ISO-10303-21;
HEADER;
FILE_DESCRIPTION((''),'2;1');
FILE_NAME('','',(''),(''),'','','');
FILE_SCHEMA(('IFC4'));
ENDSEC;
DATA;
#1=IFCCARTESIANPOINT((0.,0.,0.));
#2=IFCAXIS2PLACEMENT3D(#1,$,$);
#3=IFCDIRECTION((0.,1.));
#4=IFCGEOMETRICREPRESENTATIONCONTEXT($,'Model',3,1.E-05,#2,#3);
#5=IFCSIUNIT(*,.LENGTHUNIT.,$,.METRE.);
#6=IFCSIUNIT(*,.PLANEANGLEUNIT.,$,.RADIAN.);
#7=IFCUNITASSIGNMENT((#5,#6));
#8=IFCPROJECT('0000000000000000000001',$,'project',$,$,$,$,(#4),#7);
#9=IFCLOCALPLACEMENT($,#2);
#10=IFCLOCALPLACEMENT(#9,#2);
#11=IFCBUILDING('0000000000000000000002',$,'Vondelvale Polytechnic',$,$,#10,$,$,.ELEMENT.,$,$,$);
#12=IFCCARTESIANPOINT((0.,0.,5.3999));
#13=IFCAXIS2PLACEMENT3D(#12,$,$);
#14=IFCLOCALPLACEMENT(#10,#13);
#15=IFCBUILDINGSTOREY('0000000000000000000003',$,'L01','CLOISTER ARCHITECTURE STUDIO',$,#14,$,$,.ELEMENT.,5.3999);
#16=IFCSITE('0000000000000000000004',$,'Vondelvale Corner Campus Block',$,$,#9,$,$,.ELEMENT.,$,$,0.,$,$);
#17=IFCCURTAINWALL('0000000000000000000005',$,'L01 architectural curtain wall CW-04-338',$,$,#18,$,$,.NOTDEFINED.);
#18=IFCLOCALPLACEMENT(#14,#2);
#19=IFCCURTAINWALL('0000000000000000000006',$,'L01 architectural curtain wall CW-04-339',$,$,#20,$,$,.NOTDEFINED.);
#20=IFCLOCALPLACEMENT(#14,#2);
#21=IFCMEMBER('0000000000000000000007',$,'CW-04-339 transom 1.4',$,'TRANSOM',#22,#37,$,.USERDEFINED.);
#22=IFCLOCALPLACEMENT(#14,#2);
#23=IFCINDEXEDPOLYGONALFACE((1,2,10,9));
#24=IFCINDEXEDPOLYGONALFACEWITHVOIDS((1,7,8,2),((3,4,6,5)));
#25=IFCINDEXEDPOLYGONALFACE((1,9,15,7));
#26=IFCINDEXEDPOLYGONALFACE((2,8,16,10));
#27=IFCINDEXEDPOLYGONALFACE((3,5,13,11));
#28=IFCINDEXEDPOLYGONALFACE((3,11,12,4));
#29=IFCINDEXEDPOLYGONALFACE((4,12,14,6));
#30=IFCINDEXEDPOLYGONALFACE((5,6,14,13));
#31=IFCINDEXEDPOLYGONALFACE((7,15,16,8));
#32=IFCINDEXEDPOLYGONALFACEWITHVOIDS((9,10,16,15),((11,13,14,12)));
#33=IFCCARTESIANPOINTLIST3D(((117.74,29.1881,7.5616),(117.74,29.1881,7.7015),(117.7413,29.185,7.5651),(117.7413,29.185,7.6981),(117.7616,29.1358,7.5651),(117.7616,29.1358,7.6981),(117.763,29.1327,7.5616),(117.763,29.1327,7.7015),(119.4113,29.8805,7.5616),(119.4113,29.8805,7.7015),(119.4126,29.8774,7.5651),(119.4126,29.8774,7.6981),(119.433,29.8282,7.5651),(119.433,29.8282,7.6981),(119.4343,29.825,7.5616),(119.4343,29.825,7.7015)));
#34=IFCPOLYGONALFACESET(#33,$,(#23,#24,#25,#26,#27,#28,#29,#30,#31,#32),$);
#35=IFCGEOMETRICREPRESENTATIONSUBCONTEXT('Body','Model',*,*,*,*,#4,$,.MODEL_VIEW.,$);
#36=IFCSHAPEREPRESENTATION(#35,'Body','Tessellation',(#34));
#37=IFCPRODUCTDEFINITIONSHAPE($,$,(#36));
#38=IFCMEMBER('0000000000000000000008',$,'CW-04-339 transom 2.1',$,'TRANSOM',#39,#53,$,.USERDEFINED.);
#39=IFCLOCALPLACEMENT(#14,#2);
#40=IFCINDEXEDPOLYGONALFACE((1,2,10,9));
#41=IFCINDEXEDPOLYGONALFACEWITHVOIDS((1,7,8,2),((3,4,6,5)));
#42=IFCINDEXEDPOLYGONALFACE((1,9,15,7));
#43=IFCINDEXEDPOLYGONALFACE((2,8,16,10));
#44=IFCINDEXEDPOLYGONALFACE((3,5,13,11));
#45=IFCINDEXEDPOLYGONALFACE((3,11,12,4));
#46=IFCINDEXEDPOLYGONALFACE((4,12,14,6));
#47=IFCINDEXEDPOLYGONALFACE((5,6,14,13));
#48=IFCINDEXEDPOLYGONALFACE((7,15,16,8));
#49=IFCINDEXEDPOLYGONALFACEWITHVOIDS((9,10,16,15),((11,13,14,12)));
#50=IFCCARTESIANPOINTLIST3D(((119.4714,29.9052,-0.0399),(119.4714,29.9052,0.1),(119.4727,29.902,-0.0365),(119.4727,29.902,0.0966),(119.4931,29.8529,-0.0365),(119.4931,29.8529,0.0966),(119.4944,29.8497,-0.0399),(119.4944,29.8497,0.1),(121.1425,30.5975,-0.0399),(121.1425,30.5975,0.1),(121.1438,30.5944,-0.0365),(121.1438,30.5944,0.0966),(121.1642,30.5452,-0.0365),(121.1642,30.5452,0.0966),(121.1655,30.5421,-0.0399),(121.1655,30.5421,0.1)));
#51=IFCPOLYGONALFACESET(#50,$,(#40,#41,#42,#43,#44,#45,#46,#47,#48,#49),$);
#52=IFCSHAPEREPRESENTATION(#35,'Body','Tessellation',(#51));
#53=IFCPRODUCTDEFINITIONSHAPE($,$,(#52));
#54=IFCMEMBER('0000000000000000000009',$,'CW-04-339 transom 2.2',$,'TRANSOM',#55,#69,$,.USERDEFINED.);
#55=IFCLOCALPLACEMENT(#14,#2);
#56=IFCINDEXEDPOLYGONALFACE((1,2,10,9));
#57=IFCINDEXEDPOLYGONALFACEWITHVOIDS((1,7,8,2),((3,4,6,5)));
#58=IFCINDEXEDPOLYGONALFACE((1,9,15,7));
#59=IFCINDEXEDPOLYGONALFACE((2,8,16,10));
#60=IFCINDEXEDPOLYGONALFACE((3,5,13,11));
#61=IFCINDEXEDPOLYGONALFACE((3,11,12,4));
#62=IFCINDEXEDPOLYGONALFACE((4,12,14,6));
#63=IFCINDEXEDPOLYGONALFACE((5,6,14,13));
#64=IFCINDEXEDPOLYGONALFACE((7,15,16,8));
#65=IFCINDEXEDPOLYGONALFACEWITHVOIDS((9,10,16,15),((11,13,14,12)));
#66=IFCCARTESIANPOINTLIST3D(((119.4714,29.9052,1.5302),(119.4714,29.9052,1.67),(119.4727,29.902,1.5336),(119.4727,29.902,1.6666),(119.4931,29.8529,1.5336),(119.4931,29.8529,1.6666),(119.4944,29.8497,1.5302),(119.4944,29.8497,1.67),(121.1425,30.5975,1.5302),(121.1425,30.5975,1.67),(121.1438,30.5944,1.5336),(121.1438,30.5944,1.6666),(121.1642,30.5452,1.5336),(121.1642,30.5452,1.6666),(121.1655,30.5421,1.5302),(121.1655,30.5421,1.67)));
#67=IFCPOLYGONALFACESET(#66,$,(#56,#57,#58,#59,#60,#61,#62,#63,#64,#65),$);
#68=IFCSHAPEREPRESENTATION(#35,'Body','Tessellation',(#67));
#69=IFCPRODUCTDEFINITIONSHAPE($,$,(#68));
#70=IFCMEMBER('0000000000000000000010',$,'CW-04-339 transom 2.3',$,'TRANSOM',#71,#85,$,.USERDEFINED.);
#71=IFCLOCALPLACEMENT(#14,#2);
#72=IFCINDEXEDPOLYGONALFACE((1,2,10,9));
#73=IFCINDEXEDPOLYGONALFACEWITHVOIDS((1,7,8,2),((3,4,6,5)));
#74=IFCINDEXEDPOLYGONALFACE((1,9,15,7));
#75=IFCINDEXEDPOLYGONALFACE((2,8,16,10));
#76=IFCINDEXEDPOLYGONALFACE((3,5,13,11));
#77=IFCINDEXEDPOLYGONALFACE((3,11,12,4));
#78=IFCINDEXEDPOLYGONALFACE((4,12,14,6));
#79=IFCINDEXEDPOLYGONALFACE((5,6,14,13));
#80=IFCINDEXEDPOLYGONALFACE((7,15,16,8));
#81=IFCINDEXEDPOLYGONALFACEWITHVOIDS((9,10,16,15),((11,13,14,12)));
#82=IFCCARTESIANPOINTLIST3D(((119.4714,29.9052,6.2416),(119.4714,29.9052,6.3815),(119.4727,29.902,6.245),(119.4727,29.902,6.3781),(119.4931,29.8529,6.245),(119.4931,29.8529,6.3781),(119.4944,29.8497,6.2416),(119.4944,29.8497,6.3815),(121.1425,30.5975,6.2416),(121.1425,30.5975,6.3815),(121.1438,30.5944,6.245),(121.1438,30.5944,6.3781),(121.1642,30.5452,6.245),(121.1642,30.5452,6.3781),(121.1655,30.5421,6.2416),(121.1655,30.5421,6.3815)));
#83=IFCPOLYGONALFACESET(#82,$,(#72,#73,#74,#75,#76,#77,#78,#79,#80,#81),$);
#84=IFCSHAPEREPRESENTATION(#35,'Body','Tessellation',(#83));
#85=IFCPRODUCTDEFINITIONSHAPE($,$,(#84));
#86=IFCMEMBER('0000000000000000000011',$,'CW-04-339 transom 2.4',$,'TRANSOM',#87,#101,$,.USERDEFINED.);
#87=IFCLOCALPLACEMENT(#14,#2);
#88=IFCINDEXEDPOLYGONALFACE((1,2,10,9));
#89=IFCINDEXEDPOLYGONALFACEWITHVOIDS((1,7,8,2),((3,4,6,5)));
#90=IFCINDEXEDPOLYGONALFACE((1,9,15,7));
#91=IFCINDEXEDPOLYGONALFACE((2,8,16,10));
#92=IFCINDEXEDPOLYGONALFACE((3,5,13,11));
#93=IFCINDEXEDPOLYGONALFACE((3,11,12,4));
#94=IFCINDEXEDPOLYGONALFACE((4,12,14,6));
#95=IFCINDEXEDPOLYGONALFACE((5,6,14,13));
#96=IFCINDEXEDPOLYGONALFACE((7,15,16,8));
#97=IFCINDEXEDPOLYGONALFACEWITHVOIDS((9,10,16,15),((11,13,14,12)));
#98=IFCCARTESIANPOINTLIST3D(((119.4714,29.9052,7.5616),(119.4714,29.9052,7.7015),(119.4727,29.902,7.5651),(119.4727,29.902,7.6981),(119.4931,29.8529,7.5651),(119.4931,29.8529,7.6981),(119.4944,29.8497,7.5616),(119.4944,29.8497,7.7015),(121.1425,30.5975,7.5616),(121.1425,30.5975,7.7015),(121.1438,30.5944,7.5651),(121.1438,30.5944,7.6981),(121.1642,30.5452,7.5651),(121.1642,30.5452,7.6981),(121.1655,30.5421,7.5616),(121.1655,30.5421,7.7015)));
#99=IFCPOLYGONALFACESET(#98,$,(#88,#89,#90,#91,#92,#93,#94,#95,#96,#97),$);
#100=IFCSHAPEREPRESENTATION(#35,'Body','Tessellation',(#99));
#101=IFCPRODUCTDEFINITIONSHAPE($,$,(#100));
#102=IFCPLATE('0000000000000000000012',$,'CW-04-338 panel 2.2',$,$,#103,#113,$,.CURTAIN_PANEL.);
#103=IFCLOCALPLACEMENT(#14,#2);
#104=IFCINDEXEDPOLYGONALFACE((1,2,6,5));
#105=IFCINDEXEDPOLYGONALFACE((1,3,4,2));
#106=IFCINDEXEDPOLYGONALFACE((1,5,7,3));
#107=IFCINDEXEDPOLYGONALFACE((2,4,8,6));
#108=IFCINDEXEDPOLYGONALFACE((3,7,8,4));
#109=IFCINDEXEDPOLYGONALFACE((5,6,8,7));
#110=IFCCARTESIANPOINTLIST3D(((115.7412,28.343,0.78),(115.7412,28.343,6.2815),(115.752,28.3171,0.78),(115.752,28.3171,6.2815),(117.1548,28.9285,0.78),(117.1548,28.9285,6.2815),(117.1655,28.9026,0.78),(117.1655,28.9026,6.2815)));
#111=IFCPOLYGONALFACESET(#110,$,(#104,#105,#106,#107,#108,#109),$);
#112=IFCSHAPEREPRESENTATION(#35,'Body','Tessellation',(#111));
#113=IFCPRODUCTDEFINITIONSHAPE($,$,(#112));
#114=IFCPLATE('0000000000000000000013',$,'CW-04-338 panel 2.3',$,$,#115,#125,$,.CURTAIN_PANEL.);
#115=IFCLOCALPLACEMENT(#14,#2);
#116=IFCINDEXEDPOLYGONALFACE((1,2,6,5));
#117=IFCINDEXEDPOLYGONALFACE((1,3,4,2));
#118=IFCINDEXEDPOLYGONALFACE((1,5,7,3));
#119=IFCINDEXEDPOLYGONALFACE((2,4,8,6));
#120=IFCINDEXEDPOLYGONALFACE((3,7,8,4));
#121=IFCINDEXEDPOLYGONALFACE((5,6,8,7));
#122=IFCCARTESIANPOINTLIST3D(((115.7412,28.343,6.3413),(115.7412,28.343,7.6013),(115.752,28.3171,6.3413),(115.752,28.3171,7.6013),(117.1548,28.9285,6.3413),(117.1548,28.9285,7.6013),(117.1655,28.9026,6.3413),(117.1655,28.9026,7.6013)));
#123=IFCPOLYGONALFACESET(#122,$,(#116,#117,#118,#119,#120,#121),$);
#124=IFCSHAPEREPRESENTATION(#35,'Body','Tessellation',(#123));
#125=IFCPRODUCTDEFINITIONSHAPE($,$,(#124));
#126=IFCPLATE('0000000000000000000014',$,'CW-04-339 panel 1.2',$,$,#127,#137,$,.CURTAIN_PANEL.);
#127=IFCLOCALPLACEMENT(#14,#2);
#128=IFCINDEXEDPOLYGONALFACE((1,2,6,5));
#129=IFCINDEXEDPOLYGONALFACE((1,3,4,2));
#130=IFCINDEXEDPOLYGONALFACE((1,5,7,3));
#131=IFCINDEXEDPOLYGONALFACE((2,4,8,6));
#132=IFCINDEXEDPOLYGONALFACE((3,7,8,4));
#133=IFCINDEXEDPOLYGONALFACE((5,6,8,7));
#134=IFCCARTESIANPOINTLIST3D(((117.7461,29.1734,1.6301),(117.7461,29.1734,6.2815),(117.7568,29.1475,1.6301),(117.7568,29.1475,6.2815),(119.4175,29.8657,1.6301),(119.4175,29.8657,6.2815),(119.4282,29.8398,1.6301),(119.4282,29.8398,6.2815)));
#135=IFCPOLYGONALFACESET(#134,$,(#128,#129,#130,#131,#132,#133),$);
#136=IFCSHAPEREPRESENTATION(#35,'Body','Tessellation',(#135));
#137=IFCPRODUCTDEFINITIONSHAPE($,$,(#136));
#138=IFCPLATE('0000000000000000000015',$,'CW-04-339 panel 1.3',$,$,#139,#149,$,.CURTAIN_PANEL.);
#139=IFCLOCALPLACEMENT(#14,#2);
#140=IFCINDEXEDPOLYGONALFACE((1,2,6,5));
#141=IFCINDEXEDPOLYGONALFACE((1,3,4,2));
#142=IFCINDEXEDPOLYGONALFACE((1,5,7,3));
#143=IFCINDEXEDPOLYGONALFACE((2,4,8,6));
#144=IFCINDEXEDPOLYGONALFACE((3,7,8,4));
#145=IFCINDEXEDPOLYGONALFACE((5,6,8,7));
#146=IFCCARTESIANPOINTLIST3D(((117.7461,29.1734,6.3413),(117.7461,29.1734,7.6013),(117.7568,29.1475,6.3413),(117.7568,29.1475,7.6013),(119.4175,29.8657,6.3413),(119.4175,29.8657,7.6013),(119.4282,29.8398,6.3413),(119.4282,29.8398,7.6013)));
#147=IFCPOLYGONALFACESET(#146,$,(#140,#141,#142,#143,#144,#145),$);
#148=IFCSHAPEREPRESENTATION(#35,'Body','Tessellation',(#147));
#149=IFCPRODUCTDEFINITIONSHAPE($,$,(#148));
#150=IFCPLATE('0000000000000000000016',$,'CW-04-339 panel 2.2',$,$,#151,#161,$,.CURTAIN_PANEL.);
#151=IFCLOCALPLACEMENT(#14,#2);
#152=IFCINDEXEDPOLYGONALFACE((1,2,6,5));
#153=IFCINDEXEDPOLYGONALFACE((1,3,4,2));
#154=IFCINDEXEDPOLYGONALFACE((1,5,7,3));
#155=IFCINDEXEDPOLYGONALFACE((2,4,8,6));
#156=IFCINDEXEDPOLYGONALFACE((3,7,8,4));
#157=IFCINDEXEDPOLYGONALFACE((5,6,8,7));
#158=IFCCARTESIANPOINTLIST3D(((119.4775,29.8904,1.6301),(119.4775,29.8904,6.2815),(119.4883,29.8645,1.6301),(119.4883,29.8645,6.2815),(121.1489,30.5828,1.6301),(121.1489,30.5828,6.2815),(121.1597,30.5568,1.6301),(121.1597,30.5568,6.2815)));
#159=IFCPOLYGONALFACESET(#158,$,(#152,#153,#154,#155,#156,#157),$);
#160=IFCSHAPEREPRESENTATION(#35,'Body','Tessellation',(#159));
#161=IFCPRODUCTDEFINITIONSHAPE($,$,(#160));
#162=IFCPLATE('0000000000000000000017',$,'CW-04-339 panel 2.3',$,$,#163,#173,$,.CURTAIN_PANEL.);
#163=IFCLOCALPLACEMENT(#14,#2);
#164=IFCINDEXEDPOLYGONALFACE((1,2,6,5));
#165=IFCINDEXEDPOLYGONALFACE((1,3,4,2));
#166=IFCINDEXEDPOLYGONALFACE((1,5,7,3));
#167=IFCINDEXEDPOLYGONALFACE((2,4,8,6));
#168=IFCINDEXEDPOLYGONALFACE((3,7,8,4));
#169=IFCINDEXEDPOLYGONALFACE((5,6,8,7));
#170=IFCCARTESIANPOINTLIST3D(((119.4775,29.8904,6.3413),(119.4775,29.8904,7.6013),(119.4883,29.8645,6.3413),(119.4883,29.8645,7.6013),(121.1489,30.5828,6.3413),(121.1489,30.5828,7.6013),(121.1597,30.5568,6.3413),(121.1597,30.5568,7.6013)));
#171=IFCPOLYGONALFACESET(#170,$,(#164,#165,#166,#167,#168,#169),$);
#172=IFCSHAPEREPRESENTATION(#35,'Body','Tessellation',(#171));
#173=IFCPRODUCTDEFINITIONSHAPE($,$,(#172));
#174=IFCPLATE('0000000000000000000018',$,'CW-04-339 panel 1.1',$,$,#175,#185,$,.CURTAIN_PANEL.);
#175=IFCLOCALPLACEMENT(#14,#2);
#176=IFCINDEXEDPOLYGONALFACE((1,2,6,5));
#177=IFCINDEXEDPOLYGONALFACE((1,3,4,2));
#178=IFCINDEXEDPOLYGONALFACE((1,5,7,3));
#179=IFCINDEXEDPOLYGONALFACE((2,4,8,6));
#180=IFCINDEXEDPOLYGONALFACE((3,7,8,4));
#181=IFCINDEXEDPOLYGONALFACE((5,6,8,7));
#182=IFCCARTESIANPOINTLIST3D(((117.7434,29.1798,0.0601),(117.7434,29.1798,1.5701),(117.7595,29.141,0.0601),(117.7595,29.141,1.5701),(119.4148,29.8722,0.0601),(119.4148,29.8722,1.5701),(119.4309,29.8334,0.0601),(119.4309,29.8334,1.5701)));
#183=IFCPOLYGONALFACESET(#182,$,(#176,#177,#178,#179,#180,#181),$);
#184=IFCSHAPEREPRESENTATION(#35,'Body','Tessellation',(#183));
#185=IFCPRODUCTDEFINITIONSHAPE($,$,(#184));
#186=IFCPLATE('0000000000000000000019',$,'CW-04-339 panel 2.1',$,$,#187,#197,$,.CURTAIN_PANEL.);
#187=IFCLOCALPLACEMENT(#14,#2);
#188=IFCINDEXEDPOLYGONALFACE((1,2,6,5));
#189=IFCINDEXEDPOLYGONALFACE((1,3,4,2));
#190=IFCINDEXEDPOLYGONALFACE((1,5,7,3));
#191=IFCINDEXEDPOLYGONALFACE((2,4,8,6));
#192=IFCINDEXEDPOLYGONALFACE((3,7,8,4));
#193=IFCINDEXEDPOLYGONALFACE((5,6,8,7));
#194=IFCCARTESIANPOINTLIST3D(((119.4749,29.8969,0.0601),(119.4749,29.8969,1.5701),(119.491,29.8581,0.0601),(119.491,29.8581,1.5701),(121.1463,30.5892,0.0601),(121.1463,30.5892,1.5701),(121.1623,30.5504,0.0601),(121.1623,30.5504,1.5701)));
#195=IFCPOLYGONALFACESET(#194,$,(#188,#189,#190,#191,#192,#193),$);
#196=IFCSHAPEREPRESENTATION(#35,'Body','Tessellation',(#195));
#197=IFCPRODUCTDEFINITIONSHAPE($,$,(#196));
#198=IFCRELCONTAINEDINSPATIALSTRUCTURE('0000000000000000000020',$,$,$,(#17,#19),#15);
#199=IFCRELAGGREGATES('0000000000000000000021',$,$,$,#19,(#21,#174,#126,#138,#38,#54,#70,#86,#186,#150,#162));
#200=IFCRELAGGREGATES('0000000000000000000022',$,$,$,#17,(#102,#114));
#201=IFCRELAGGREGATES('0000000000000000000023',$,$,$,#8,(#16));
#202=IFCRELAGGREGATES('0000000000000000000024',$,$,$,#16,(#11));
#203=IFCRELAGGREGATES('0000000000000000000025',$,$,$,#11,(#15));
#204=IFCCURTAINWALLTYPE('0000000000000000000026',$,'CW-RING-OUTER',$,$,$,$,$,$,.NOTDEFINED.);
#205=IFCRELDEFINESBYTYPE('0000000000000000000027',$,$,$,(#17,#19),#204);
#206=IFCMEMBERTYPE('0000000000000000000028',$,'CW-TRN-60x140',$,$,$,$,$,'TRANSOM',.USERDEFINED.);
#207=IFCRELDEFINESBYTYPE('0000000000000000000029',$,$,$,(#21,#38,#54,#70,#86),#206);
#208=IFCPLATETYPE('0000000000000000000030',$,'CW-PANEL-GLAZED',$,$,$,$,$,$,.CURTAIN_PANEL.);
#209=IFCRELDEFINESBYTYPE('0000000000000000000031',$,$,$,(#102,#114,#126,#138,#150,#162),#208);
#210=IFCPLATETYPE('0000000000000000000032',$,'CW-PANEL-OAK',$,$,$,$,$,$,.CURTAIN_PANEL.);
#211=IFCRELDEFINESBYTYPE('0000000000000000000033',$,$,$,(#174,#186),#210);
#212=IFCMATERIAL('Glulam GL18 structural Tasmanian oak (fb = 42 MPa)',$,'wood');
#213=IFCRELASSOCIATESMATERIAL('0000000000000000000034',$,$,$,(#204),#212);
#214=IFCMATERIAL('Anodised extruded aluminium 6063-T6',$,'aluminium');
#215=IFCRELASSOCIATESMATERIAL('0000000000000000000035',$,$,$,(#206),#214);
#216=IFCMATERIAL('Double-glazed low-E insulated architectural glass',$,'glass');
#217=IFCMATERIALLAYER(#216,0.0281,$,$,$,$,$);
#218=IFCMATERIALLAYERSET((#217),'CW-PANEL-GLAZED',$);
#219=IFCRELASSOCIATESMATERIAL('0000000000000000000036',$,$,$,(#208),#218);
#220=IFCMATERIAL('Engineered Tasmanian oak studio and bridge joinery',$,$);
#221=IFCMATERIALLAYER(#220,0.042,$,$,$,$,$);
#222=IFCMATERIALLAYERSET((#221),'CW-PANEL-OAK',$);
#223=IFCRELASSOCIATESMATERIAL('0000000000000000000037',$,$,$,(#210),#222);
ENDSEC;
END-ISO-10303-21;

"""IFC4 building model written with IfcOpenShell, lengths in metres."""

from ifc_helpers import new_model, si_unit, direction, frame, origin, origin_2d, place, context, subcontext, project, spatial, rectangle, hollow_rectangle, extrude, material, layer, layer_set, material_profile, profile_set, type_object, element, aggregate, save


model = new_model("IFC4")

# Units and contexts
model_context = context("Model", 3, precision=1e-05, world=origin(), true_north=direction((0.0, 1.0)))
body_context = subcontext(model_context, "Body", "Model", "MODEL_VIEW")
ifc_project = project(units=[si_unit("LENGTHUNIT", "METRE"), si_unit("PLANEANGLEUNIT", "RADIAN")], contexts=[model_context])

# Site, building, storey
site_placement = place(None, origin())
site = spatial("IfcSite", under=ifc_project, at=site_placement, Name="Vondelvale Corner Campus Block", CompositionType="ELEMENT", RefElevation=0.0)
building_placement = place(site_placement, origin())
building = spatial("IfcBuilding", under=site, at=building_placement, Name="Vondelvale Polytechnic", CompositionType="ELEMENT")
storey_placement = place(building_placement, frame((0.0, 0.0, 5.3999)))
storey = spatial("IfcBuildingStorey", under=building, at=storey_placement, Name="L01", Description="CLOISTER ARCHITECTURE STUDIO", CompositionType="ELEMENT", Elevation=5.3999)

# Shared definitions
ifc_material_1 = material(Name="Glulam GL18 structural Tasmanian oak (fb = 42 MPa)", Category="wood")

# Curtain wall
curtain_wall_type = type_object("IfcCurtainWallType", Name="CW-RING-OUTER", PredefinedType="NOTDEFINED", material=ifc_material_1)
curtain_wall_1_placement = place(storey_placement, origin())
curtain_wall_1 = element("IfcCurtainWall", 1, at=curtain_wall_1_placement, inside=storey, type_object=curtain_wall_type, Name="L01 architectural curtain wall CW-04-338", PredefinedType="NOTDEFINED")
ifc_material_2 = material(Name="Anodised extruded aluminium 6063-T6", Category="aluminium")

# Curtain wall
curtain_wall_2_placement = place(storey_placement, origin())
curtain_wall_2 = element("IfcCurtainWall", 2, at=curtain_wall_2_placement, inside=storey, type_object=curtain_wall_type, Name="L01 architectural curtain wall CW-04-339", PredefinedType="NOTDEFINED")

# Members
ifc_material_profile_1 = material_profile(ifc_material_2, hollow_rectangle(XDim=0.0601, YDim=0.1399, WallThickness=0.0034, at=origin_2d()), Name="CW-TRN-140x60")
ifc_profile_set_1 = profile_set([ifc_material_profile_1], Name="Anodised extruded aluminium 6063-T6")
member_type_1 = type_object("IfcMemberType", Name="CW-TRN-60x140", ElementType="TRANSOM", PredefinedType="USERDEFINED", material=ifc_profile_set_1)
member_1_placement = place(storey_placement, frame((117.7515, 29.1604, 7.6316), z_axis=(0.923866, 0.382717, 0.0), x_axis=(-0.382717, 0.923866, 0.0)))
member_1 = element("IfcMember", 3, at=member_1_placement, type_object=member_type_1, Name="CW-04-339 transom 1.4", ObjectType="TRANSOM", PredefinedType="USERDEFINED", context=body_context, shape_type="SweptSolid", body=[
    extrude(hollow_rectangle(XDim=0.0601, YDim=0.1399, WallThickness=0.0034, at=origin_2d()), origin(), (0.0, 0.0, 1.0), 1.8091),
])
member_2_placement = place(storey_placement, frame((119.4829, 29.8774, 0.03), z_axis=(0.923846, 0.382765, 0.0), x_axis=(-0.382765, 0.923846, 0.0)))
member_2 = element("IfcMember", 4, at=member_2_placement, type_object=member_type_1, Name="CW-04-339 transom 2.1", ObjectType="TRANSOM", PredefinedType="USERDEFINED", context=body_context, shape_type="SweptSolid", body=[
    extrude(hollow_rectangle(XDim=0.0601, YDim=0.1399, WallThickness=0.0034, at=origin_2d()), origin(), (0.0, 0.0, 1.0), 1.8088),
])
member_3_placement = place(storey_placement, frame((119.4829, 29.8774, 1.6001), z_axis=(0.923846, 0.382765, 0.0), x_axis=(-0.382765, 0.923846, 0.0)))
member_3 = element("IfcMember", 5, at=member_3_placement, type_object=member_type_1, Name="CW-04-339 transom 2.2", ObjectType="TRANSOM", PredefinedType="USERDEFINED", context=body_context, shape_type="SweptSolid", body=[
    extrude(hollow_rectangle(XDim=0.0601, YDim=0.1399, WallThickness=0.0034, at=origin_2d()), origin(), (0.0, 0.0, 1.0), 1.8088),
])
member_4_placement = place(storey_placement, frame((119.4829, 29.8774, 6.3115), z_axis=(0.923846, 0.382765, 0.0), x_axis=(-0.382765, 0.923846, 0.0)))
member_4 = element("IfcMember", 6, at=member_4_placement, type_object=member_type_1, Name="CW-04-339 transom 2.3", ObjectType="TRANSOM", PredefinedType="USERDEFINED", context=body_context, shape_type="SweptSolid", body=[
    extrude(hollow_rectangle(XDim=0.0601, YDim=0.1399, WallThickness=0.0034, at=origin_2d()), origin(), (0.0, 0.0, 1.0), 1.8088),
])
member_5_placement = place(storey_placement, frame((119.4829, 29.8774, 7.6316), z_axis=(0.923846, 0.382765, 0.0), x_axis=(-0.382765, 0.923846, 0.0)))
member_5 = element("IfcMember", 7, at=member_5_placement, type_object=member_type_1, Name="CW-04-339 transom 2.4", ObjectType="TRANSOM", PredefinedType="USERDEFINED", context=body_context, shape_type="SweptSolid", body=[
    extrude(hollow_rectangle(XDim=0.0601, YDim=0.1399, WallThickness=0.0034, at=origin_2d()), origin(), (0.0, 0.0, 1.0), 1.8088),
])

# Plates
ifc_material_3 = material(Name="Double-glazed low-E insulated architectural glass", Category="glass")
ifc_layer_1 = layer(ifc_material_3, 0.0281)
ifc_layer_set_1 = layer_set([ifc_layer_1], Name="CW-PANEL-GLAZED")
plate_type_1 = type_object("IfcPlateType", Name="CW-PANEL-GLAZED", PredefinedType="CURTAIN_PANEL", material=ifc_layer_set_1)
plate_1_placement = place(storey_placement, frame((116.4534, 28.6228, 0.78), z_axis=(0.0, 0.0, 1.0), x_axis=(0.923882, 0.382677, 0.0)))
plate_1 = element("IfcPlate", 8, at=plate_1_placement, type_object=plate_type_1, Name="CW-04-338 panel 2.2", PredefinedType="CURTAIN_PANEL", context=body_context, shape_type="SweptSolid", body=[
    extrude(rectangle(XDim=1.53, YDim=0.0281, at=origin_2d()), origin(), (0.0, 0.0, 1.0), 5.5015),
])
plate_2_placement = place(storey_placement, frame((116.4534, 28.6228, 6.3413), z_axis=(0.0, 0.0, 1.0), x_axis=(0.923882, 0.382677, 0.0)))
plate_2 = element("IfcPlate", 9, at=plate_2_placement, type_object=plate_type_1, Name="CW-04-338 panel 2.3", PredefinedType="CURTAIN_PANEL", context=body_context, shape_type="SweptSolid", body=[
    extrude(rectangle(XDim=1.53, YDim=0.0281, at=origin_2d()), origin(), (0.0, 0.0, 1.0), 1.26),
])
plate_3_placement = place(storey_placement, frame((118.5872, 29.5066, 1.6301), z_axis=(0.0, 0.0, 1.0), x_axis=(0.923875, 0.382695, 0.0)))
plate_3 = element("IfcPlate", 10, at=plate_3_placement, type_object=plate_type_1, Name="CW-04-339 panel 1.2", PredefinedType="CURTAIN_PANEL", context=body_context, shape_type="SweptSolid", body=[
    extrude(rectangle(XDim=1.8091, YDim=0.0281, at=origin_2d()), origin(), (0.0, 0.0, 1.0), 4.6514),
])
plate_4_placement = place(storey_placement, frame((118.5872, 29.5066, 6.3413), z_axis=(0.0, 0.0, 1.0), x_axis=(0.923875, 0.382695, 0.0)))
plate_4 = element("IfcPlate", 11, at=plate_4_placement, type_object=plate_type_1, Name="CW-04-339 panel 1.3", PredefinedType="CURTAIN_PANEL", context=body_context, shape_type="SweptSolid", body=[
    extrude(rectangle(XDim=1.8091, YDim=0.0281, at=origin_2d()), origin(), (0.0, 0.0, 1.0), 1.26),
])
plate_5_placement = place(storey_placement, frame((120.3186, 30.2236, 1.6301), z_axis=(0.0, 0.0, 1.0), x_axis=(0.923875, 0.382695, 0.0)))
plate_5 = element("IfcPlate", 12, at=plate_5_placement, type_object=plate_type_1, Name="CW-04-339 panel 2.2", PredefinedType="CURTAIN_PANEL", context=body_context, shape_type="SweptSolid", body=[
    extrude(rectangle(XDim=1.8091, YDim=0.0281, at=origin_2d()), origin(), (0.0, 0.0, 1.0), 4.6514),
])
plate_6_placement = place(storey_placement, frame((120.3186, 30.2236, 6.3413), z_axis=(0.0, 0.0, 1.0), x_axis=(0.923875, 0.382695, 0.0)))
plate_6 = element("IfcPlate", 13, at=plate_6_placement, type_object=plate_type_1, Name="CW-04-339 panel 2.3", PredefinedType="CURTAIN_PANEL", context=body_context, shape_type="SweptSolid", body=[
    extrude(rectangle(XDim=1.8091, YDim=0.0281, at=origin_2d()), origin(), (0.0, 0.0, 1.0), 1.26),
])
ifc_material_4 = material(Name="Engineered Tasmanian oak studio and bridge joinery")
ifc_layer_2 = layer(ifc_material_4, 0.042)
ifc_layer_set_2 = layer_set([ifc_layer_2], Name="CW-PANEL-OAK")
plate_type_2 = type_object("IfcPlateType", Name="CW-PANEL-OAK", PredefinedType="CURTAIN_PANEL", material=ifc_layer_set_2)
plate_7_placement = place(storey_placement, frame((118.5872, 29.5066, 0.0601), z_axis=(0.0, 0.0, 1.0), x_axis=(0.923875, 0.382695, 0.0)))
plate_7 = element("IfcPlate", 14, at=plate_7_placement, type_object=plate_type_2, Name="CW-04-339 panel 1.1", PredefinedType="CURTAIN_PANEL", context=body_context, shape_type="SweptSolid", body=[
    extrude(rectangle(XDim=1.8091, YDim=0.042, at=origin_2d()), origin(), (0.0, 0.0, 1.0), 1.51),
])
plate_8_placement = place(storey_placement, frame((120.3186, 30.2236, 0.0601), z_axis=(0.0, 0.0, 1.0), x_axis=(0.923875, 0.382695, 0.0)))
plate_8 = element("IfcPlate", 15, at=plate_8_placement, type_object=plate_type_2, Name="CW-04-339 panel 2.1", PredefinedType="CURTAIN_PANEL", context=body_context, shape_type="SweptSolid", body=[
    extrude(rectangle(XDim=1.8091, YDim=0.042, at=origin_2d()), origin(), (0.0, 0.0, 1.0), 1.51),
])
aggregate(curtain_wall_2, [member_1, plate_7, plate_3, plate_4, member_2, member_3, member_4, member_5, plate_8, plate_5, plate_6])
aggregate(curtain_wall_1, [plate_1, plate_2])

save(model, "model.ifc")
